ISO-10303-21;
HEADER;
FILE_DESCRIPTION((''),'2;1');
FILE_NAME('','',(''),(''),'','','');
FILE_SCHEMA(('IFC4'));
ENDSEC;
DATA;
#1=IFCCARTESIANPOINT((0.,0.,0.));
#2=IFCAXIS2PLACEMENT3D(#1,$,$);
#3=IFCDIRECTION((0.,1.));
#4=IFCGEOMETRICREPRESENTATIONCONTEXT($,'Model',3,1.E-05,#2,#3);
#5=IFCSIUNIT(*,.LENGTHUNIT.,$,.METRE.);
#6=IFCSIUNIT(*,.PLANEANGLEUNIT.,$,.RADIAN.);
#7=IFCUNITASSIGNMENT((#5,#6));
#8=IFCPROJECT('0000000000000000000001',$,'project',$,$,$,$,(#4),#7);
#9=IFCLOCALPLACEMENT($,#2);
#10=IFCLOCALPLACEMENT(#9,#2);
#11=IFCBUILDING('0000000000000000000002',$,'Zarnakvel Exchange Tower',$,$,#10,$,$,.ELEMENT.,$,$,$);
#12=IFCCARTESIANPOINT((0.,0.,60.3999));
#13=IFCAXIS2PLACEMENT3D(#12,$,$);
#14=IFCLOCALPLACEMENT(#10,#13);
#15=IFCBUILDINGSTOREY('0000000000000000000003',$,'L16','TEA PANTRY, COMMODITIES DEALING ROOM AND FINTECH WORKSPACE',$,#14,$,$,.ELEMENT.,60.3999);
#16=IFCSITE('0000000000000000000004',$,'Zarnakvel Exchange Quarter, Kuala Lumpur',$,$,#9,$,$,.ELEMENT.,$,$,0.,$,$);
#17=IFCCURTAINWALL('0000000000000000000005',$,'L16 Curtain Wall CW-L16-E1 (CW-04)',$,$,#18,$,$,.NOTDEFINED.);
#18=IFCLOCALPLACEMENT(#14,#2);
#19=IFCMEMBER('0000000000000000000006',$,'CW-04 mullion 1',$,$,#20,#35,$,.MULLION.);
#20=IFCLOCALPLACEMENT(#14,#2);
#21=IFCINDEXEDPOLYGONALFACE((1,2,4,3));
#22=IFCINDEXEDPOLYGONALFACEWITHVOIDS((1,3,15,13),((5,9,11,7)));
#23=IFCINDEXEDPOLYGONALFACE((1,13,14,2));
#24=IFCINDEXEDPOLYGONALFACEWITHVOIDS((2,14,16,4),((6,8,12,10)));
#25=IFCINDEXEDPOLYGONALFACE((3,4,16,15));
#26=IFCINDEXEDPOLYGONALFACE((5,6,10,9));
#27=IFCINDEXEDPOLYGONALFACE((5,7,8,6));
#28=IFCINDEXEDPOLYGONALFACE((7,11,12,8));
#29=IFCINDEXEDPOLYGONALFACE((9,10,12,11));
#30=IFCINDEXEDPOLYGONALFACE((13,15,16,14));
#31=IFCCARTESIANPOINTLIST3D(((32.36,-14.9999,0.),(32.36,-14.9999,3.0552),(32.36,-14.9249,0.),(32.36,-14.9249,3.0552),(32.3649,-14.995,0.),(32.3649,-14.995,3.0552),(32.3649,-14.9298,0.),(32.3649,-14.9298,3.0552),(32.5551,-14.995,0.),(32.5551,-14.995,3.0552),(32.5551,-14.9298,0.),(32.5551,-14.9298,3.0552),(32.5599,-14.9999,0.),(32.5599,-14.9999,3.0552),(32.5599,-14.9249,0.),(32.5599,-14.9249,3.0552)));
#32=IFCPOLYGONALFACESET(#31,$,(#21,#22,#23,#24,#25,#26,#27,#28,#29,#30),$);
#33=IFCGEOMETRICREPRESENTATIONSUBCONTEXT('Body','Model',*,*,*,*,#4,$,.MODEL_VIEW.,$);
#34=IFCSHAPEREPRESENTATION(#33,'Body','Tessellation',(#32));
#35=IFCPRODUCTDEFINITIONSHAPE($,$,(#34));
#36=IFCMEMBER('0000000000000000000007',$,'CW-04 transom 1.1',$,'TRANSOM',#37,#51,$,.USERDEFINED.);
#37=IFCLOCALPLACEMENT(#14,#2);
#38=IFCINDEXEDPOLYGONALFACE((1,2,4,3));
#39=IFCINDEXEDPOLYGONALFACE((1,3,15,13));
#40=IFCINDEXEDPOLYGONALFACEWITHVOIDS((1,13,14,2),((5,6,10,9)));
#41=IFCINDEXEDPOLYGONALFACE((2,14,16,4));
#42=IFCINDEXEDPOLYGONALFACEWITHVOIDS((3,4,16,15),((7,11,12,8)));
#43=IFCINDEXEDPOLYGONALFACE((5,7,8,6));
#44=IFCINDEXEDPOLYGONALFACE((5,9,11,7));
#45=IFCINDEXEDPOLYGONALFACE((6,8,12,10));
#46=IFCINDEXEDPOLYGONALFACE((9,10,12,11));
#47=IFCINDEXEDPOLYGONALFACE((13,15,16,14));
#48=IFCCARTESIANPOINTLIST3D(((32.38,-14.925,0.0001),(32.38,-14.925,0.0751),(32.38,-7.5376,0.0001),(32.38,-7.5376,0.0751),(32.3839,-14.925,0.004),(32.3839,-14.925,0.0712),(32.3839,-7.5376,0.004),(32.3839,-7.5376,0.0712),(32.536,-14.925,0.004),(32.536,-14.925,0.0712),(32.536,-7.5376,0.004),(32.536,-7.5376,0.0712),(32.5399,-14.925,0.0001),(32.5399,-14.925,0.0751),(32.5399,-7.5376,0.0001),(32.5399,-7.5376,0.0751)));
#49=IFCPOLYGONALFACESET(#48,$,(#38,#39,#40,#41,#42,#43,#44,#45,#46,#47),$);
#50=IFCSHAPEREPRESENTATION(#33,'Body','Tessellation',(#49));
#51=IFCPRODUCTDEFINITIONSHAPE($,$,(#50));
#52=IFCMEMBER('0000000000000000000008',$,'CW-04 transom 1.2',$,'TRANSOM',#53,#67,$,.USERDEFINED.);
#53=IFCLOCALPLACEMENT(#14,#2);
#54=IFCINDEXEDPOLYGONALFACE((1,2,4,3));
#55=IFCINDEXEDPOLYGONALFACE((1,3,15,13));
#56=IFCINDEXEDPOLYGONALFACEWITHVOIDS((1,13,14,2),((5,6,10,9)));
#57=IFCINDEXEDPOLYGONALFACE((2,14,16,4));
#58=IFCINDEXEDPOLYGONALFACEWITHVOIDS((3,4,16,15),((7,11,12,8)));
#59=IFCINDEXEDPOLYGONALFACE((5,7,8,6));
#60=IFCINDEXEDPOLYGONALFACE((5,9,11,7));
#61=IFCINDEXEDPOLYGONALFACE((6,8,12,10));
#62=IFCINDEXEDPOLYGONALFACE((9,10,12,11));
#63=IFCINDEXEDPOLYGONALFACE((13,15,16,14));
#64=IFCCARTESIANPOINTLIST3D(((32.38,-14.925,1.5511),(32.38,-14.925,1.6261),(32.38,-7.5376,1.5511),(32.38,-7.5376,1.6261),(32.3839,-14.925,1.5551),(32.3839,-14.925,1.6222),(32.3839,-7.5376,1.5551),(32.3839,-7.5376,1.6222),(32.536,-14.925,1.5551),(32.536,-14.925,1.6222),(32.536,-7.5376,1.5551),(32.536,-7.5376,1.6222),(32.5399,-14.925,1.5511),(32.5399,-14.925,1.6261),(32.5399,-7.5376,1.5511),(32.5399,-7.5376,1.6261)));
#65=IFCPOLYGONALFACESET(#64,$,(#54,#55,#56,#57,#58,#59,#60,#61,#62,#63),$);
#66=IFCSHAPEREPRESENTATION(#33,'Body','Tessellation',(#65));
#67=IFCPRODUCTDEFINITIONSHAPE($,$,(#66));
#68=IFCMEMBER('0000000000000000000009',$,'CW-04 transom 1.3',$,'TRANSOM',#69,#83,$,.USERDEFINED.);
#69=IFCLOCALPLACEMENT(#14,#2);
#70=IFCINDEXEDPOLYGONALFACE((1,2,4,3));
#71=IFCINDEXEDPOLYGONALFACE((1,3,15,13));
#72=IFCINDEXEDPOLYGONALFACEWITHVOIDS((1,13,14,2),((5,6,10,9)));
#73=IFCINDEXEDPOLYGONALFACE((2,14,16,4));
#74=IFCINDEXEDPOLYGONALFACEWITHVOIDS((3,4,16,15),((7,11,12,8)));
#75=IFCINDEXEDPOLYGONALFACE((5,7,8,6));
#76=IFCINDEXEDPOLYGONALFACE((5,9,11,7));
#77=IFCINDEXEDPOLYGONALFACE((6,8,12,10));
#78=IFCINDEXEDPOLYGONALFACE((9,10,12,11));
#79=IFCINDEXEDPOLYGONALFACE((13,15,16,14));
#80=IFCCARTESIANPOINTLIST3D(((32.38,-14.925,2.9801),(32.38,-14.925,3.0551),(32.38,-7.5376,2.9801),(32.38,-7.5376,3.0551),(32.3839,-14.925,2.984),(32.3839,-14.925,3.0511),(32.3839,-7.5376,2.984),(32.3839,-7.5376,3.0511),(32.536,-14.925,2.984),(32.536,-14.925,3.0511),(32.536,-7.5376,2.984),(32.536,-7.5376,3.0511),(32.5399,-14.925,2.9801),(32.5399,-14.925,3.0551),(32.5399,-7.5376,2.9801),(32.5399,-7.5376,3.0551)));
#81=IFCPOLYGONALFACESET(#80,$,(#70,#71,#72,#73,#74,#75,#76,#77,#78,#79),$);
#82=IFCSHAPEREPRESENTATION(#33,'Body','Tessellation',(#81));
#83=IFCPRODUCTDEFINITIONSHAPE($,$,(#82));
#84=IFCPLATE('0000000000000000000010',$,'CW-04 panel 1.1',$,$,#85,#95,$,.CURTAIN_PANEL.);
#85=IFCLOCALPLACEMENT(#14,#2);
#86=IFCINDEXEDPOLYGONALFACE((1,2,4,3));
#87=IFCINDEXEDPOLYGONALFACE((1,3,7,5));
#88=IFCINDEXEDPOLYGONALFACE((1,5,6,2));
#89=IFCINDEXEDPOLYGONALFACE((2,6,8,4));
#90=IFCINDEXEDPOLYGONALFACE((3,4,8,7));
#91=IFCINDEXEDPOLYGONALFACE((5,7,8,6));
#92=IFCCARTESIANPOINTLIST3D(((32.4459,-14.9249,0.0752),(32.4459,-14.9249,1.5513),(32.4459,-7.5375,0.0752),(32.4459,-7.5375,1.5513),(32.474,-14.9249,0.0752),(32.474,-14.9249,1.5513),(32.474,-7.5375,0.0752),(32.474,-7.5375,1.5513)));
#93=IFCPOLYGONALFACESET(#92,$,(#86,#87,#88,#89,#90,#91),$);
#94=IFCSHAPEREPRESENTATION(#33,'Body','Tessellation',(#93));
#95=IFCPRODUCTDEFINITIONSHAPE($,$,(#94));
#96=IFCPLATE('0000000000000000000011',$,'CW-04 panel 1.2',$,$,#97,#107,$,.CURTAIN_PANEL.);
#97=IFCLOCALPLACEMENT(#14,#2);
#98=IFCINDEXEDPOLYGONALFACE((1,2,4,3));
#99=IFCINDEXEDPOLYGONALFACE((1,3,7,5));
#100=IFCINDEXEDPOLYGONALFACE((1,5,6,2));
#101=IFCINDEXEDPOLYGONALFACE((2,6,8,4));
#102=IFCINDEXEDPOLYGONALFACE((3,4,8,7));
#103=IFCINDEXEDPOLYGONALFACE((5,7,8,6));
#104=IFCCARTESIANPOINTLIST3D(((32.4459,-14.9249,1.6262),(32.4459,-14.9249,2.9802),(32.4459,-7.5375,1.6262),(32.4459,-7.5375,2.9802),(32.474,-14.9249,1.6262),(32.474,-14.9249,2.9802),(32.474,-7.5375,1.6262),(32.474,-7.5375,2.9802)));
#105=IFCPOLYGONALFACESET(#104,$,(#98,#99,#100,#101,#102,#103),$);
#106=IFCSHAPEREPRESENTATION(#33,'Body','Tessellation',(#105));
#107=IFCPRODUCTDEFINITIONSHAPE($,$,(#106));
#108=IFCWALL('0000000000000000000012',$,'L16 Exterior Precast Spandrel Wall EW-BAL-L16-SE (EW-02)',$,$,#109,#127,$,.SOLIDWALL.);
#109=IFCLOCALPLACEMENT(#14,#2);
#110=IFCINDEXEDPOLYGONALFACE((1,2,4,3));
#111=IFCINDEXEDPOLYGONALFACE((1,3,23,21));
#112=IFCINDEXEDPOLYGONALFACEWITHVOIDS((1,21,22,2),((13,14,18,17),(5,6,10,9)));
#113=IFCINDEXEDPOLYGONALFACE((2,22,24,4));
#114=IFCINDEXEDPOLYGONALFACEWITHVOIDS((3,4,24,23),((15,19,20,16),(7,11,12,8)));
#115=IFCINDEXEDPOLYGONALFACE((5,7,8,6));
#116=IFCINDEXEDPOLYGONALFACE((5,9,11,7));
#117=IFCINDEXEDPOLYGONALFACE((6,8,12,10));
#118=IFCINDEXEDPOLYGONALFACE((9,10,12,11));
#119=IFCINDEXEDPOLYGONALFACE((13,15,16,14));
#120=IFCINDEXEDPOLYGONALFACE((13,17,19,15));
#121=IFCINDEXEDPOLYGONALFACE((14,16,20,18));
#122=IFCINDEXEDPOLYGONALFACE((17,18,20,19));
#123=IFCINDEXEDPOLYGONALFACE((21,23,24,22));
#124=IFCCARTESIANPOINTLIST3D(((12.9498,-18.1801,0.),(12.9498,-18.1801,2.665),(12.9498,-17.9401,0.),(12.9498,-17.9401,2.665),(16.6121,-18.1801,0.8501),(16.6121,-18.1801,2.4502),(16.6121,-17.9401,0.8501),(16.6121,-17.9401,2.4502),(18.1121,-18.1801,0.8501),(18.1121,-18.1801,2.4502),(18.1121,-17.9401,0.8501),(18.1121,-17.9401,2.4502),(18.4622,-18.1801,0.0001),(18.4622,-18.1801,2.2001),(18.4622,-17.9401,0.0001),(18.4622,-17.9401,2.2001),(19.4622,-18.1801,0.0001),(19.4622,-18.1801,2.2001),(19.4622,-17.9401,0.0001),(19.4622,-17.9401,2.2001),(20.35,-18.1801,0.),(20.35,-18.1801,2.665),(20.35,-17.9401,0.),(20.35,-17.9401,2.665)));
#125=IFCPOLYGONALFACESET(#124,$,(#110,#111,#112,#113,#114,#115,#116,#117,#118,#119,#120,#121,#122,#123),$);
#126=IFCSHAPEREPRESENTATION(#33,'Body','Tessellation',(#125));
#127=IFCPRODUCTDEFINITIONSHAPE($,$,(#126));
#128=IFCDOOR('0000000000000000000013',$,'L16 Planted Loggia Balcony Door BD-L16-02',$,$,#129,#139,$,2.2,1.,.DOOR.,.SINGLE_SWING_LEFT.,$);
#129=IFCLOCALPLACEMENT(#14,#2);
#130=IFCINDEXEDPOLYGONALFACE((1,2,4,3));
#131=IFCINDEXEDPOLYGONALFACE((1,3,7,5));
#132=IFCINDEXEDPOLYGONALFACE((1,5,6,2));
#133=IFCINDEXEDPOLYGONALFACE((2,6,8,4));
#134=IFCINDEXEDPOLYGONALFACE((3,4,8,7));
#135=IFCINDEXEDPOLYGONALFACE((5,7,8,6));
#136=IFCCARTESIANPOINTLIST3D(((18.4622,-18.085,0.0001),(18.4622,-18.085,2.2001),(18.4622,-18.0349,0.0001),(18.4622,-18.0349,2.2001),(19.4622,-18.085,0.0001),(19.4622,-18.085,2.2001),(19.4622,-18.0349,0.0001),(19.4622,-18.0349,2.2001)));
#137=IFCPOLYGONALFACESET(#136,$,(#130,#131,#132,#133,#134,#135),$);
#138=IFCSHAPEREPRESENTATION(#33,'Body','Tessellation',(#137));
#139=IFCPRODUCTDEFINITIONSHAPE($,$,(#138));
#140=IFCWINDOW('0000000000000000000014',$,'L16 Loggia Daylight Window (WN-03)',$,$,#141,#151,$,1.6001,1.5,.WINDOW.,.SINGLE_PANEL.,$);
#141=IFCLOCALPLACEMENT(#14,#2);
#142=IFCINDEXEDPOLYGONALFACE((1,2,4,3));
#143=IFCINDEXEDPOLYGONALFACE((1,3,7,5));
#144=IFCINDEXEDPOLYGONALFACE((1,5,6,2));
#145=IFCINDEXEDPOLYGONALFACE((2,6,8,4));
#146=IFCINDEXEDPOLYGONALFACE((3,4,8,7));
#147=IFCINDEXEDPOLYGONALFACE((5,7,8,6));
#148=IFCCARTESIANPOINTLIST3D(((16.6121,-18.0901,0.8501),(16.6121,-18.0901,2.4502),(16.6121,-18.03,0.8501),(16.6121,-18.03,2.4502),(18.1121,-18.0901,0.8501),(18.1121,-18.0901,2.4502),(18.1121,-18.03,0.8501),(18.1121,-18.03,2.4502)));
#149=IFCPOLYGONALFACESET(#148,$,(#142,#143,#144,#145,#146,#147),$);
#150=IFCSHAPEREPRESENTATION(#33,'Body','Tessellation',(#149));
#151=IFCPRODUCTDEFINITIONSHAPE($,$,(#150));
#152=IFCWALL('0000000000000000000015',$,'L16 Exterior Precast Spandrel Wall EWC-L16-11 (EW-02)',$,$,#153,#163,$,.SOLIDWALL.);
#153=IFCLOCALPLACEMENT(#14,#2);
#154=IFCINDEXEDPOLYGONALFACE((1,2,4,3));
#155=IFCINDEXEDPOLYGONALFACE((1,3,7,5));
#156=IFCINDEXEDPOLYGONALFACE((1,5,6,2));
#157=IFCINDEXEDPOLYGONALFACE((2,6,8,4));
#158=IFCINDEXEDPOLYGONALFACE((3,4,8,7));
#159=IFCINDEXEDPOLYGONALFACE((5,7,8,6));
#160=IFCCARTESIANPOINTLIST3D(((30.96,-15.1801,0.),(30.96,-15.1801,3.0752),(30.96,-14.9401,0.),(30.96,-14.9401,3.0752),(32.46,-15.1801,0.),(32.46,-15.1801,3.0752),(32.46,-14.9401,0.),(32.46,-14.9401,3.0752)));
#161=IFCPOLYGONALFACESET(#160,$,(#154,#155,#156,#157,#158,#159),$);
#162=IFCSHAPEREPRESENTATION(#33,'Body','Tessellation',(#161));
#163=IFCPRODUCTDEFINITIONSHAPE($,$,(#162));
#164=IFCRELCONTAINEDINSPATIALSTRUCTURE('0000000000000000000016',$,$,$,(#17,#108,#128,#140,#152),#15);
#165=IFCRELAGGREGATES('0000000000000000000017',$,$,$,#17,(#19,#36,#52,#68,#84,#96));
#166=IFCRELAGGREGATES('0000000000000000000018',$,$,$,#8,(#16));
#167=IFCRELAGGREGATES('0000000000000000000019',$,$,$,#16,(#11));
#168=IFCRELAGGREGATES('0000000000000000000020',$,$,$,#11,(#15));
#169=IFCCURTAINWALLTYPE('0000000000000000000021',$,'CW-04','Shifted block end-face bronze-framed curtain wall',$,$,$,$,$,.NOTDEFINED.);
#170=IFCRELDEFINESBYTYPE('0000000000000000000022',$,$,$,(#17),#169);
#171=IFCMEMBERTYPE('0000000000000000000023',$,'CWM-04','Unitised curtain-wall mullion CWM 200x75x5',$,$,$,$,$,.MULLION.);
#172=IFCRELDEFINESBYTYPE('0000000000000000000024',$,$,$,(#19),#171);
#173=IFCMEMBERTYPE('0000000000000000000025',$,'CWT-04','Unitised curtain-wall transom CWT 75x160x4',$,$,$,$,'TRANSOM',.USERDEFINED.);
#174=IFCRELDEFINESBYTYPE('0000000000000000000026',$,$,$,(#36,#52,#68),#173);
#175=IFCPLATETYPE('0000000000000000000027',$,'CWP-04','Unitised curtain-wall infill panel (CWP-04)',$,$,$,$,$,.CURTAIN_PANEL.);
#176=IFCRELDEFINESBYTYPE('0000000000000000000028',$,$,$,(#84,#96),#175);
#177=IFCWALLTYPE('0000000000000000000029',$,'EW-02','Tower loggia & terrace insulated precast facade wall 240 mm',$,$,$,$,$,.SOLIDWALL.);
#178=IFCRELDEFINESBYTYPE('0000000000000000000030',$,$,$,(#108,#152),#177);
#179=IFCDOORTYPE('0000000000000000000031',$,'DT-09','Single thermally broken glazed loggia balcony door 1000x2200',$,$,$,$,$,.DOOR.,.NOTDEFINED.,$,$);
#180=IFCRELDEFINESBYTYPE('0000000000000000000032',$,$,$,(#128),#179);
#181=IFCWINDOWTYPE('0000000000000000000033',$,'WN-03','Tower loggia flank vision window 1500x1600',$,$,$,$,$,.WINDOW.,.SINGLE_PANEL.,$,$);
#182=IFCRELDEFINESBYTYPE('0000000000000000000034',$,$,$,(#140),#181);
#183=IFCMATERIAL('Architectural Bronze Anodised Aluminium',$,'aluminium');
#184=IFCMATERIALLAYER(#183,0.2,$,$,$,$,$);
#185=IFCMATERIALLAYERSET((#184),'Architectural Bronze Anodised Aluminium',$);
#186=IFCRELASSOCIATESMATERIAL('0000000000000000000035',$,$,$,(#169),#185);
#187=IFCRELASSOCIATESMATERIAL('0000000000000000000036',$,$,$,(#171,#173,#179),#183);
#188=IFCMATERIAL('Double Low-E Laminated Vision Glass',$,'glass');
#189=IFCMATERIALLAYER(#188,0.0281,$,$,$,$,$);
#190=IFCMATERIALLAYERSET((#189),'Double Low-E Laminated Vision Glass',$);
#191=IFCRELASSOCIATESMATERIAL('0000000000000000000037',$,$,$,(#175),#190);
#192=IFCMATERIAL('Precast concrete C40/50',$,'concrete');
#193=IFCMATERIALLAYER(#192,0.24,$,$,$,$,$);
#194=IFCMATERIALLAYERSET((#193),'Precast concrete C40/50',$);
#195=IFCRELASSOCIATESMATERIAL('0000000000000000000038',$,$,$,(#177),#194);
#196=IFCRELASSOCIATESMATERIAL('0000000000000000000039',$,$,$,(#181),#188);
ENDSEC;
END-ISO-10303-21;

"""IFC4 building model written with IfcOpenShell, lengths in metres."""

from ifc_helpers import new_model, si_unit, direction, frame, frame_2d, origin, origin_2d, place, context, subcontext, project, spatial, rectangle, hollow_rectangle, extrude, source, transform, mapped, material, layer, layer_set, material_profile, profile_set, type_object, element, fill, aggregate, save


model = new_model("IFC4")

# Units and contexts
model_context = context("Model", 3, precision=1e-05, world=origin(), true_north=direction((0.0, 1.0)))
body_context = subcontext(model_context, "Body", "Model", "MODEL_VIEW")
ifc_project = project(units=[si_unit("LENGTHUNIT", "METRE"), si_unit("PLANEANGLEUNIT", "RADIAN")], contexts=[model_context])

# Site, building, storey
site_placement = place(None, origin())
site = spatial("IfcSite", under=ifc_project, at=site_placement, Name="Zarnakvel Exchange Quarter, Kuala Lumpur", CompositionType="ELEMENT", RefElevation=0.0)
building_placement = place(site_placement, origin())
building = spatial("IfcBuilding", under=site, at=building_placement, Name="Zarnakvel Exchange Tower", CompositionType="ELEMENT")
storey_placement = place(building_placement, frame((0.0, 0.0, 60.3999)))
storey = spatial("IfcBuildingStorey", under=building, at=storey_placement, Name="L16", Description="TEA PANTRY, COMMODITIES DEALING ROOM AND FINTECH WORKSPACE", CompositionType="ELEMENT", Elevation=60.3999)

# Curtain wall, members, plates
ifc_material_1 = material(Name="Architectural Bronze Anodised Aluminium", Category="aluminium")
ifc_layer_1 = layer(ifc_material_1, 0.2)
ifc_layer_set_1 = layer_set([ifc_layer_1], Name="Architectural Bronze Anodised Aluminium")
curtain_wall_type = type_object("IfcCurtainWallType", Name="CW-04", Description="Shifted block end-face bronze-framed curtain wall", PredefinedType="NOTDEFINED", material=ifc_layer_set_1)
curtain_wall_placement = place(storey_placement, origin())
curtain_wall = element("IfcCurtainWall", 1, at=curtain_wall_placement, inside=storey, type_object=curtain_wall_type, Name="L16 Curtain Wall CW-L16-E1 (CW-04)", PredefinedType="NOTDEFINED")
ifc_material_profile_1 = material_profile(ifc_material_1, hollow_rectangle(XDim=0.2, YDim=0.075, WallThickness=0.0049, at=origin_2d()))
ifc_profile_set_1 = profile_set([ifc_material_profile_1], Name="Architectural Bronze Anodised Aluminium")
member_type_1 = type_object("IfcMemberType", Name="CWM-04", Description="Unitised curtain-wall mullion CWM 200x75x5", PredefinedType="MULLION", material=ifc_profile_set_1)
shared_shape_1 = source(origin(), body_context, "Body", "SweptSolid", [
    extrude(hollow_rectangle(XDim=0.2, YDim=0.075, WallThickness=0.0049, at=origin_2d()), origin(), (0.0, 0.0, 1.0), 3.0552),
])
member_1_placement = place(storey_placement, frame((32.46, -14.9624, 0.0), z_axis=(0.0, 0.0, 1.0), x_axis=(-1.0, 0.0, 0.0)))
member_1 = element("IfcMember", 2, at=member_1_placement, type_object=member_type_1, Name="CW-04 mullion 1", PredefinedType="MULLION", context=body_context, shape_type="MappedRepresentation", body=[
    mapped(shared_shape_1, transform((0.0, 0.0, 0.0), x_axis=(1.0, 0.0, 0.0), y_axis=(0.0, 1.0, 0.0), z_axis=(0.0, 0.0, 1.0), scale=1.0)),
])
ifc_material_profile_2 = material_profile(ifc_material_1, hollow_rectangle(XDim=0.1599, YDim=0.075, WallThickness=0.0039, at=origin_2d()))
ifc_profile_set_2 = profile_set([ifc_material_profile_2], Name="Architectural Bronze Anodised Aluminium")
member_type_2 = type_object("IfcMemberType", Name="CWT-04", Description="Unitised curtain-wall transom CWT 75x160x4", ElementType="TRANSOM", PredefinedType="USERDEFINED", material=ifc_profile_set_2)
shared_shape_2 = source(origin(), body_context, "Body", "SweptSolid", [
    extrude(hollow_rectangle(XDim=0.1599, YDim=0.075, WallThickness=0.0039, at=origin_2d()), origin(), (0.0, 0.0, 1.0), 7.3875),
])
member_2_placement = place(storey_placement, frame((32.46, -14.925, 0.0376), z_axis=(0.0, 1.0, 0.0), x_axis=(-1.0, 0.0, 0.0)))
member_2 = element("IfcMember", 3, at=member_2_placement, type_object=member_type_2, Name="CW-04 transom 1.1", ObjectType="TRANSOM", PredefinedType="USERDEFINED", context=body_context, shape_type="MappedRepresentation", body=[
    mapped(shared_shape_2, transform((0.0, 0.0, 0.0), x_axis=(1.0, 0.0, 0.0), y_axis=(0.0, 1.0, 0.0), z_axis=(0.0, 0.0, 1.0), scale=1.0)),
])
member_3_placement = place(storey_placement, frame((32.46, -14.925, 1.5886), z_axis=(0.0, 1.0, 0.0), x_axis=(-1.0, 0.0, 0.0)))
member_3 = element("IfcMember", 4, at=member_3_placement, type_object=member_type_2, Name="CW-04 transom 1.2", ObjectType="TRANSOM", PredefinedType="USERDEFINED", context=body_context, shape_type="MappedRepresentation", body=[
    mapped(shared_shape_2, transform((0.0, 0.0, 0.0), x_axis=(1.0, 0.0, 0.0), y_axis=(0.0, 1.0, 0.0), z_axis=(0.0, 0.0, 1.0), scale=1.0)),
])
member_4_placement = place(storey_placement, frame((32.46, -14.925, 3.0176), z_axis=(0.0, 1.0, 0.0), x_axis=(-1.0, 0.0, 0.0)))
member_4 = element("IfcMember", 5, at=member_4_placement, type_object=member_type_2, Name="CW-04 transom 1.3", ObjectType="TRANSOM", PredefinedType="USERDEFINED", context=body_context, shape_type="MappedRepresentation", body=[
    mapped(shared_shape_2, transform((0.0, 0.0, 0.0), x_axis=(1.0, 0.0, 0.0), y_axis=(0.0, 1.0, 0.0), z_axis=(0.0, 0.0, 1.0), scale=1.0)),
])
ifc_material_2 = material(Name="Double Low-E Laminated Vision Glass", Category="glass")
ifc_layer_2 = layer(ifc_material_2, 0.0281)
ifc_layer_set_2 = layer_set([ifc_layer_2], Name="Double Low-E Laminated Vision Glass")
plate_type = type_object("IfcPlateType", Name="CWP-04", Description="Unitised curtain-wall infill panel (CWP-04)", PredefinedType="CURTAIN_PANEL", material=ifc_layer_set_2)
shared_shape_3 = source(origin(), body_context, "Body", "SweptSolid", [
    extrude(rectangle(XDim=7.3875, YDim=0.0281, at=origin_2d()), origin(), (0.0, 0.0, 1.0), 1.4761),
])
plate_1_placement = place(storey_placement, frame((32.46, -11.2312, 0.0752), z_axis=(0.0, 0.0, 1.0), x_axis=(0.0, 1.0, 0.0)))
plate_1 = element("IfcPlate", 6, at=plate_1_placement, type_object=plate_type, Name="CW-04 panel 1.1", PredefinedType="CURTAIN_PANEL", context=body_context, shape_type="MappedRepresentation", body=[
    mapped(shared_shape_3, transform((0.0, 0.0, 0.0), x_axis=(1.0, 0.0, 0.0), y_axis=(0.0, 1.0, 0.0), z_axis=(0.0, 0.0, 1.0), scale=1.0)),
])
shared_shape_4 = source(origin(), body_context, "Body", "SweptSolid", [
    extrude(rectangle(XDim=7.3875, YDim=0.0281, at=origin_2d()), origin(), (0.0, 0.0, 1.0), 1.354),
])
plate_2_placement = place(storey_placement, frame((32.46, -11.2312, 1.6262), z_axis=(0.0, 0.0, 1.0), x_axis=(0.0, 1.0, 0.0)))
plate_2 = element("IfcPlate", 7, at=plate_2_placement, type_object=plate_type, Name="CW-04 panel 1.2", PredefinedType="CURTAIN_PANEL", context=body_context, shape_type="MappedRepresentation", body=[
    mapped(shared_shape_4, transform((0.0, 0.0, 0.0), x_axis=(1.0, 0.0, 0.0), y_axis=(0.0, 1.0, 0.0), z_axis=(0.0, 0.0, 1.0), scale=1.0)),
])
aggregate(curtain_wall, [member_1, member_2, member_3, member_4, plate_1, plate_2])

# Wall, openings, door, window
ifc_material_3 = material(Name="Precast concrete C40/50", Category="concrete")
ifc_layer_3 = layer(ifc_material_3, 0.24)
ifc_layer_set_3 = layer_set([ifc_layer_3], Name="Precast concrete C40/50")
wall_type_1 = type_object("IfcWallType", Name="EW-02", Description="Tower loggia & terrace insulated precast facade wall 240 mm", PredefinedType="SOLIDWALL", material=ifc_layer_set_3)
wall_1_placement = place(storey_placement, frame((20.3501, -18.0601, 0.0), z_axis=(0.0, 0.0, 1.0), x_axis=(-1.0, 0.0, 0.0)))
wall_1 = element("IfcWall", 8, at=wall_1_placement, inside=storey, type_object=wall_type_1, Name="L16 Exterior Precast Spandrel Wall EW-BAL-L16-SE (EW-02)", PredefinedType="SOLIDWALL", context=body_context, shape_type="SweptSolid", body=[
    extrude(rectangle(XDim=7.4001, YDim=0.24, at=frame_2d((3.7002, 0.0))), origin(), (0.0, 0.0, 1.0), 2.665),
])
opening_1_placement = place(wall_1_placement, frame((0.8879, 0.0, 0.0)))
opening_1 = element("IfcOpeningElement", 9, at=opening_1_placement, cuts=wall_1, PredefinedType="OPENING", context=body_context, shape_type="SweptSolid", body=[
    extrude(rectangle(XDim=1.0, YDim=2.2, at=frame_2d((0.5, 1.1001))), frame((0.0, 0.1299, 0.0), z_axis=(0.0, -1.0, 0.0), x_axis=(1.0, 0.0, 0.0)), (0.0, 0.0, 1.0), 0.26),
])
opening_2_placement = place(wall_1_placement, frame((2.238, 0.0, 0.8501)))
opening_2 = element("IfcOpeningElement", 10, at=opening_2_placement, cuts=wall_1, PredefinedType="OPENING", context=body_context, shape_type="SweptSolid", body=[
    extrude(rectangle(XDim=1.5, YDim=1.6001, at=frame_2d((0.75, 0.8))), frame((0.0, 0.1299, 0.0), z_axis=(0.0, -1.0, 0.0), x_axis=(1.0, 0.0, 0.0)), (0.0, 0.0, 1.0), 0.26),
])
door_type_1 = type_object("IfcDoorType", Name="DT-09", Description="Single thermally broken glazed loggia balcony door 1000x2200", OperationType="NOTDEFINED", PredefinedType="DOOR", material=ifc_material_1)
shared_shape_5 = source(origin(), body_context, "Body", "SweptSolid", [
    extrude(rectangle(XDim=1.0, YDim=2.2, at=frame_2d((0.5, 1.1001))), frame((0.0, 0.0249, 0.0), z_axis=(0.0, -1.0, 0.0), x_axis=(1.0, 0.0, 0.0)), (0.0, 0.0, 1.0), 0.05),
])
door_1_placement = place(opening_1_placement, origin())
door_1 = element("IfcDoor", 11, at=door_1_placement, inside=storey, type_object=door_type_1, Name="L16 Planted Loggia Balcony Door BD-L16-02", OperationType="SINGLE_SWING_LEFT", OverallHeight=2.2, OverallWidth=1.0, PredefinedType="DOOR", context=body_context, shape_type="MappedRepresentation", body=[
    mapped(shared_shape_5, transform((0.0, 0.0, 0.0), x_axis=(1.0, 0.0, 0.0), y_axis=(0.0, 1.0, 0.0), z_axis=(0.0, 0.0, 1.0), scale=1.0)),
])
fill(opening_1, door_1)
window_type = type_object("IfcWindowType", Name="WN-03", Description="Tower loggia flank vision window 1500x1600", PartitioningType="SINGLE_PANEL", PredefinedType="WINDOW", material=ifc_material_2)
shared_shape_6 = source(origin(), body_context, "Body", "SweptSolid", [
    extrude(rectangle(XDim=1.5, YDim=1.6001, at=frame_2d((0.75, 0.8))), frame((0.0, 0.03, 0.0), z_axis=(0.0, -1.0, 0.0), x_axis=(1.0, 0.0, 0.0)), (0.0, 0.0, 1.0), 0.0601),
])
window_placement = place(opening_2_placement, origin())
window = element("IfcWindow", 12, at=window_placement, inside=storey, type_object=window_type, Name="L16 Loggia Daylight Window (WN-03)", OverallHeight=1.6001, OverallWidth=1.5, PartitioningType="SINGLE_PANEL", PredefinedType="WINDOW", context=body_context, shape_type="MappedRepresentation", body=[
    mapped(shared_shape_6, transform((0.0, 0.0, 0.0), x_axis=(1.0, 0.0, 0.0), y_axis=(0.0, 1.0, 0.0), z_axis=(0.0, 0.0, 1.0), scale=1.0)),
])
fill(opening_2, window)

# Wall
for number, where, z_axis, x_axis, name in (
    (13, (30.96, -15.0601, 0.0), (0.0, 0.0, 1.0), (1.0, 0.0, 0.0), "L16 Exterior Precast Spandrel Wall EWC-L16-11 (EW-02)"),
):
    element("IfcWall", number, at=place(storey_placement, frame(where, z_axis=z_axis, x_axis=x_axis)), inside=storey, type_object=wall_type_1, Name=name, PredefinedType="SOLIDWALL", context=body_context, shape_type="SweptSolid", body=[
        extrude(rectangle(XDim=1.5, YDim=0.24, at=frame_2d((0.75, 0.0))), origin(), (0.0, 0.0, 1.0), 3.0752),
    ])

save(model, "model.ifc")
